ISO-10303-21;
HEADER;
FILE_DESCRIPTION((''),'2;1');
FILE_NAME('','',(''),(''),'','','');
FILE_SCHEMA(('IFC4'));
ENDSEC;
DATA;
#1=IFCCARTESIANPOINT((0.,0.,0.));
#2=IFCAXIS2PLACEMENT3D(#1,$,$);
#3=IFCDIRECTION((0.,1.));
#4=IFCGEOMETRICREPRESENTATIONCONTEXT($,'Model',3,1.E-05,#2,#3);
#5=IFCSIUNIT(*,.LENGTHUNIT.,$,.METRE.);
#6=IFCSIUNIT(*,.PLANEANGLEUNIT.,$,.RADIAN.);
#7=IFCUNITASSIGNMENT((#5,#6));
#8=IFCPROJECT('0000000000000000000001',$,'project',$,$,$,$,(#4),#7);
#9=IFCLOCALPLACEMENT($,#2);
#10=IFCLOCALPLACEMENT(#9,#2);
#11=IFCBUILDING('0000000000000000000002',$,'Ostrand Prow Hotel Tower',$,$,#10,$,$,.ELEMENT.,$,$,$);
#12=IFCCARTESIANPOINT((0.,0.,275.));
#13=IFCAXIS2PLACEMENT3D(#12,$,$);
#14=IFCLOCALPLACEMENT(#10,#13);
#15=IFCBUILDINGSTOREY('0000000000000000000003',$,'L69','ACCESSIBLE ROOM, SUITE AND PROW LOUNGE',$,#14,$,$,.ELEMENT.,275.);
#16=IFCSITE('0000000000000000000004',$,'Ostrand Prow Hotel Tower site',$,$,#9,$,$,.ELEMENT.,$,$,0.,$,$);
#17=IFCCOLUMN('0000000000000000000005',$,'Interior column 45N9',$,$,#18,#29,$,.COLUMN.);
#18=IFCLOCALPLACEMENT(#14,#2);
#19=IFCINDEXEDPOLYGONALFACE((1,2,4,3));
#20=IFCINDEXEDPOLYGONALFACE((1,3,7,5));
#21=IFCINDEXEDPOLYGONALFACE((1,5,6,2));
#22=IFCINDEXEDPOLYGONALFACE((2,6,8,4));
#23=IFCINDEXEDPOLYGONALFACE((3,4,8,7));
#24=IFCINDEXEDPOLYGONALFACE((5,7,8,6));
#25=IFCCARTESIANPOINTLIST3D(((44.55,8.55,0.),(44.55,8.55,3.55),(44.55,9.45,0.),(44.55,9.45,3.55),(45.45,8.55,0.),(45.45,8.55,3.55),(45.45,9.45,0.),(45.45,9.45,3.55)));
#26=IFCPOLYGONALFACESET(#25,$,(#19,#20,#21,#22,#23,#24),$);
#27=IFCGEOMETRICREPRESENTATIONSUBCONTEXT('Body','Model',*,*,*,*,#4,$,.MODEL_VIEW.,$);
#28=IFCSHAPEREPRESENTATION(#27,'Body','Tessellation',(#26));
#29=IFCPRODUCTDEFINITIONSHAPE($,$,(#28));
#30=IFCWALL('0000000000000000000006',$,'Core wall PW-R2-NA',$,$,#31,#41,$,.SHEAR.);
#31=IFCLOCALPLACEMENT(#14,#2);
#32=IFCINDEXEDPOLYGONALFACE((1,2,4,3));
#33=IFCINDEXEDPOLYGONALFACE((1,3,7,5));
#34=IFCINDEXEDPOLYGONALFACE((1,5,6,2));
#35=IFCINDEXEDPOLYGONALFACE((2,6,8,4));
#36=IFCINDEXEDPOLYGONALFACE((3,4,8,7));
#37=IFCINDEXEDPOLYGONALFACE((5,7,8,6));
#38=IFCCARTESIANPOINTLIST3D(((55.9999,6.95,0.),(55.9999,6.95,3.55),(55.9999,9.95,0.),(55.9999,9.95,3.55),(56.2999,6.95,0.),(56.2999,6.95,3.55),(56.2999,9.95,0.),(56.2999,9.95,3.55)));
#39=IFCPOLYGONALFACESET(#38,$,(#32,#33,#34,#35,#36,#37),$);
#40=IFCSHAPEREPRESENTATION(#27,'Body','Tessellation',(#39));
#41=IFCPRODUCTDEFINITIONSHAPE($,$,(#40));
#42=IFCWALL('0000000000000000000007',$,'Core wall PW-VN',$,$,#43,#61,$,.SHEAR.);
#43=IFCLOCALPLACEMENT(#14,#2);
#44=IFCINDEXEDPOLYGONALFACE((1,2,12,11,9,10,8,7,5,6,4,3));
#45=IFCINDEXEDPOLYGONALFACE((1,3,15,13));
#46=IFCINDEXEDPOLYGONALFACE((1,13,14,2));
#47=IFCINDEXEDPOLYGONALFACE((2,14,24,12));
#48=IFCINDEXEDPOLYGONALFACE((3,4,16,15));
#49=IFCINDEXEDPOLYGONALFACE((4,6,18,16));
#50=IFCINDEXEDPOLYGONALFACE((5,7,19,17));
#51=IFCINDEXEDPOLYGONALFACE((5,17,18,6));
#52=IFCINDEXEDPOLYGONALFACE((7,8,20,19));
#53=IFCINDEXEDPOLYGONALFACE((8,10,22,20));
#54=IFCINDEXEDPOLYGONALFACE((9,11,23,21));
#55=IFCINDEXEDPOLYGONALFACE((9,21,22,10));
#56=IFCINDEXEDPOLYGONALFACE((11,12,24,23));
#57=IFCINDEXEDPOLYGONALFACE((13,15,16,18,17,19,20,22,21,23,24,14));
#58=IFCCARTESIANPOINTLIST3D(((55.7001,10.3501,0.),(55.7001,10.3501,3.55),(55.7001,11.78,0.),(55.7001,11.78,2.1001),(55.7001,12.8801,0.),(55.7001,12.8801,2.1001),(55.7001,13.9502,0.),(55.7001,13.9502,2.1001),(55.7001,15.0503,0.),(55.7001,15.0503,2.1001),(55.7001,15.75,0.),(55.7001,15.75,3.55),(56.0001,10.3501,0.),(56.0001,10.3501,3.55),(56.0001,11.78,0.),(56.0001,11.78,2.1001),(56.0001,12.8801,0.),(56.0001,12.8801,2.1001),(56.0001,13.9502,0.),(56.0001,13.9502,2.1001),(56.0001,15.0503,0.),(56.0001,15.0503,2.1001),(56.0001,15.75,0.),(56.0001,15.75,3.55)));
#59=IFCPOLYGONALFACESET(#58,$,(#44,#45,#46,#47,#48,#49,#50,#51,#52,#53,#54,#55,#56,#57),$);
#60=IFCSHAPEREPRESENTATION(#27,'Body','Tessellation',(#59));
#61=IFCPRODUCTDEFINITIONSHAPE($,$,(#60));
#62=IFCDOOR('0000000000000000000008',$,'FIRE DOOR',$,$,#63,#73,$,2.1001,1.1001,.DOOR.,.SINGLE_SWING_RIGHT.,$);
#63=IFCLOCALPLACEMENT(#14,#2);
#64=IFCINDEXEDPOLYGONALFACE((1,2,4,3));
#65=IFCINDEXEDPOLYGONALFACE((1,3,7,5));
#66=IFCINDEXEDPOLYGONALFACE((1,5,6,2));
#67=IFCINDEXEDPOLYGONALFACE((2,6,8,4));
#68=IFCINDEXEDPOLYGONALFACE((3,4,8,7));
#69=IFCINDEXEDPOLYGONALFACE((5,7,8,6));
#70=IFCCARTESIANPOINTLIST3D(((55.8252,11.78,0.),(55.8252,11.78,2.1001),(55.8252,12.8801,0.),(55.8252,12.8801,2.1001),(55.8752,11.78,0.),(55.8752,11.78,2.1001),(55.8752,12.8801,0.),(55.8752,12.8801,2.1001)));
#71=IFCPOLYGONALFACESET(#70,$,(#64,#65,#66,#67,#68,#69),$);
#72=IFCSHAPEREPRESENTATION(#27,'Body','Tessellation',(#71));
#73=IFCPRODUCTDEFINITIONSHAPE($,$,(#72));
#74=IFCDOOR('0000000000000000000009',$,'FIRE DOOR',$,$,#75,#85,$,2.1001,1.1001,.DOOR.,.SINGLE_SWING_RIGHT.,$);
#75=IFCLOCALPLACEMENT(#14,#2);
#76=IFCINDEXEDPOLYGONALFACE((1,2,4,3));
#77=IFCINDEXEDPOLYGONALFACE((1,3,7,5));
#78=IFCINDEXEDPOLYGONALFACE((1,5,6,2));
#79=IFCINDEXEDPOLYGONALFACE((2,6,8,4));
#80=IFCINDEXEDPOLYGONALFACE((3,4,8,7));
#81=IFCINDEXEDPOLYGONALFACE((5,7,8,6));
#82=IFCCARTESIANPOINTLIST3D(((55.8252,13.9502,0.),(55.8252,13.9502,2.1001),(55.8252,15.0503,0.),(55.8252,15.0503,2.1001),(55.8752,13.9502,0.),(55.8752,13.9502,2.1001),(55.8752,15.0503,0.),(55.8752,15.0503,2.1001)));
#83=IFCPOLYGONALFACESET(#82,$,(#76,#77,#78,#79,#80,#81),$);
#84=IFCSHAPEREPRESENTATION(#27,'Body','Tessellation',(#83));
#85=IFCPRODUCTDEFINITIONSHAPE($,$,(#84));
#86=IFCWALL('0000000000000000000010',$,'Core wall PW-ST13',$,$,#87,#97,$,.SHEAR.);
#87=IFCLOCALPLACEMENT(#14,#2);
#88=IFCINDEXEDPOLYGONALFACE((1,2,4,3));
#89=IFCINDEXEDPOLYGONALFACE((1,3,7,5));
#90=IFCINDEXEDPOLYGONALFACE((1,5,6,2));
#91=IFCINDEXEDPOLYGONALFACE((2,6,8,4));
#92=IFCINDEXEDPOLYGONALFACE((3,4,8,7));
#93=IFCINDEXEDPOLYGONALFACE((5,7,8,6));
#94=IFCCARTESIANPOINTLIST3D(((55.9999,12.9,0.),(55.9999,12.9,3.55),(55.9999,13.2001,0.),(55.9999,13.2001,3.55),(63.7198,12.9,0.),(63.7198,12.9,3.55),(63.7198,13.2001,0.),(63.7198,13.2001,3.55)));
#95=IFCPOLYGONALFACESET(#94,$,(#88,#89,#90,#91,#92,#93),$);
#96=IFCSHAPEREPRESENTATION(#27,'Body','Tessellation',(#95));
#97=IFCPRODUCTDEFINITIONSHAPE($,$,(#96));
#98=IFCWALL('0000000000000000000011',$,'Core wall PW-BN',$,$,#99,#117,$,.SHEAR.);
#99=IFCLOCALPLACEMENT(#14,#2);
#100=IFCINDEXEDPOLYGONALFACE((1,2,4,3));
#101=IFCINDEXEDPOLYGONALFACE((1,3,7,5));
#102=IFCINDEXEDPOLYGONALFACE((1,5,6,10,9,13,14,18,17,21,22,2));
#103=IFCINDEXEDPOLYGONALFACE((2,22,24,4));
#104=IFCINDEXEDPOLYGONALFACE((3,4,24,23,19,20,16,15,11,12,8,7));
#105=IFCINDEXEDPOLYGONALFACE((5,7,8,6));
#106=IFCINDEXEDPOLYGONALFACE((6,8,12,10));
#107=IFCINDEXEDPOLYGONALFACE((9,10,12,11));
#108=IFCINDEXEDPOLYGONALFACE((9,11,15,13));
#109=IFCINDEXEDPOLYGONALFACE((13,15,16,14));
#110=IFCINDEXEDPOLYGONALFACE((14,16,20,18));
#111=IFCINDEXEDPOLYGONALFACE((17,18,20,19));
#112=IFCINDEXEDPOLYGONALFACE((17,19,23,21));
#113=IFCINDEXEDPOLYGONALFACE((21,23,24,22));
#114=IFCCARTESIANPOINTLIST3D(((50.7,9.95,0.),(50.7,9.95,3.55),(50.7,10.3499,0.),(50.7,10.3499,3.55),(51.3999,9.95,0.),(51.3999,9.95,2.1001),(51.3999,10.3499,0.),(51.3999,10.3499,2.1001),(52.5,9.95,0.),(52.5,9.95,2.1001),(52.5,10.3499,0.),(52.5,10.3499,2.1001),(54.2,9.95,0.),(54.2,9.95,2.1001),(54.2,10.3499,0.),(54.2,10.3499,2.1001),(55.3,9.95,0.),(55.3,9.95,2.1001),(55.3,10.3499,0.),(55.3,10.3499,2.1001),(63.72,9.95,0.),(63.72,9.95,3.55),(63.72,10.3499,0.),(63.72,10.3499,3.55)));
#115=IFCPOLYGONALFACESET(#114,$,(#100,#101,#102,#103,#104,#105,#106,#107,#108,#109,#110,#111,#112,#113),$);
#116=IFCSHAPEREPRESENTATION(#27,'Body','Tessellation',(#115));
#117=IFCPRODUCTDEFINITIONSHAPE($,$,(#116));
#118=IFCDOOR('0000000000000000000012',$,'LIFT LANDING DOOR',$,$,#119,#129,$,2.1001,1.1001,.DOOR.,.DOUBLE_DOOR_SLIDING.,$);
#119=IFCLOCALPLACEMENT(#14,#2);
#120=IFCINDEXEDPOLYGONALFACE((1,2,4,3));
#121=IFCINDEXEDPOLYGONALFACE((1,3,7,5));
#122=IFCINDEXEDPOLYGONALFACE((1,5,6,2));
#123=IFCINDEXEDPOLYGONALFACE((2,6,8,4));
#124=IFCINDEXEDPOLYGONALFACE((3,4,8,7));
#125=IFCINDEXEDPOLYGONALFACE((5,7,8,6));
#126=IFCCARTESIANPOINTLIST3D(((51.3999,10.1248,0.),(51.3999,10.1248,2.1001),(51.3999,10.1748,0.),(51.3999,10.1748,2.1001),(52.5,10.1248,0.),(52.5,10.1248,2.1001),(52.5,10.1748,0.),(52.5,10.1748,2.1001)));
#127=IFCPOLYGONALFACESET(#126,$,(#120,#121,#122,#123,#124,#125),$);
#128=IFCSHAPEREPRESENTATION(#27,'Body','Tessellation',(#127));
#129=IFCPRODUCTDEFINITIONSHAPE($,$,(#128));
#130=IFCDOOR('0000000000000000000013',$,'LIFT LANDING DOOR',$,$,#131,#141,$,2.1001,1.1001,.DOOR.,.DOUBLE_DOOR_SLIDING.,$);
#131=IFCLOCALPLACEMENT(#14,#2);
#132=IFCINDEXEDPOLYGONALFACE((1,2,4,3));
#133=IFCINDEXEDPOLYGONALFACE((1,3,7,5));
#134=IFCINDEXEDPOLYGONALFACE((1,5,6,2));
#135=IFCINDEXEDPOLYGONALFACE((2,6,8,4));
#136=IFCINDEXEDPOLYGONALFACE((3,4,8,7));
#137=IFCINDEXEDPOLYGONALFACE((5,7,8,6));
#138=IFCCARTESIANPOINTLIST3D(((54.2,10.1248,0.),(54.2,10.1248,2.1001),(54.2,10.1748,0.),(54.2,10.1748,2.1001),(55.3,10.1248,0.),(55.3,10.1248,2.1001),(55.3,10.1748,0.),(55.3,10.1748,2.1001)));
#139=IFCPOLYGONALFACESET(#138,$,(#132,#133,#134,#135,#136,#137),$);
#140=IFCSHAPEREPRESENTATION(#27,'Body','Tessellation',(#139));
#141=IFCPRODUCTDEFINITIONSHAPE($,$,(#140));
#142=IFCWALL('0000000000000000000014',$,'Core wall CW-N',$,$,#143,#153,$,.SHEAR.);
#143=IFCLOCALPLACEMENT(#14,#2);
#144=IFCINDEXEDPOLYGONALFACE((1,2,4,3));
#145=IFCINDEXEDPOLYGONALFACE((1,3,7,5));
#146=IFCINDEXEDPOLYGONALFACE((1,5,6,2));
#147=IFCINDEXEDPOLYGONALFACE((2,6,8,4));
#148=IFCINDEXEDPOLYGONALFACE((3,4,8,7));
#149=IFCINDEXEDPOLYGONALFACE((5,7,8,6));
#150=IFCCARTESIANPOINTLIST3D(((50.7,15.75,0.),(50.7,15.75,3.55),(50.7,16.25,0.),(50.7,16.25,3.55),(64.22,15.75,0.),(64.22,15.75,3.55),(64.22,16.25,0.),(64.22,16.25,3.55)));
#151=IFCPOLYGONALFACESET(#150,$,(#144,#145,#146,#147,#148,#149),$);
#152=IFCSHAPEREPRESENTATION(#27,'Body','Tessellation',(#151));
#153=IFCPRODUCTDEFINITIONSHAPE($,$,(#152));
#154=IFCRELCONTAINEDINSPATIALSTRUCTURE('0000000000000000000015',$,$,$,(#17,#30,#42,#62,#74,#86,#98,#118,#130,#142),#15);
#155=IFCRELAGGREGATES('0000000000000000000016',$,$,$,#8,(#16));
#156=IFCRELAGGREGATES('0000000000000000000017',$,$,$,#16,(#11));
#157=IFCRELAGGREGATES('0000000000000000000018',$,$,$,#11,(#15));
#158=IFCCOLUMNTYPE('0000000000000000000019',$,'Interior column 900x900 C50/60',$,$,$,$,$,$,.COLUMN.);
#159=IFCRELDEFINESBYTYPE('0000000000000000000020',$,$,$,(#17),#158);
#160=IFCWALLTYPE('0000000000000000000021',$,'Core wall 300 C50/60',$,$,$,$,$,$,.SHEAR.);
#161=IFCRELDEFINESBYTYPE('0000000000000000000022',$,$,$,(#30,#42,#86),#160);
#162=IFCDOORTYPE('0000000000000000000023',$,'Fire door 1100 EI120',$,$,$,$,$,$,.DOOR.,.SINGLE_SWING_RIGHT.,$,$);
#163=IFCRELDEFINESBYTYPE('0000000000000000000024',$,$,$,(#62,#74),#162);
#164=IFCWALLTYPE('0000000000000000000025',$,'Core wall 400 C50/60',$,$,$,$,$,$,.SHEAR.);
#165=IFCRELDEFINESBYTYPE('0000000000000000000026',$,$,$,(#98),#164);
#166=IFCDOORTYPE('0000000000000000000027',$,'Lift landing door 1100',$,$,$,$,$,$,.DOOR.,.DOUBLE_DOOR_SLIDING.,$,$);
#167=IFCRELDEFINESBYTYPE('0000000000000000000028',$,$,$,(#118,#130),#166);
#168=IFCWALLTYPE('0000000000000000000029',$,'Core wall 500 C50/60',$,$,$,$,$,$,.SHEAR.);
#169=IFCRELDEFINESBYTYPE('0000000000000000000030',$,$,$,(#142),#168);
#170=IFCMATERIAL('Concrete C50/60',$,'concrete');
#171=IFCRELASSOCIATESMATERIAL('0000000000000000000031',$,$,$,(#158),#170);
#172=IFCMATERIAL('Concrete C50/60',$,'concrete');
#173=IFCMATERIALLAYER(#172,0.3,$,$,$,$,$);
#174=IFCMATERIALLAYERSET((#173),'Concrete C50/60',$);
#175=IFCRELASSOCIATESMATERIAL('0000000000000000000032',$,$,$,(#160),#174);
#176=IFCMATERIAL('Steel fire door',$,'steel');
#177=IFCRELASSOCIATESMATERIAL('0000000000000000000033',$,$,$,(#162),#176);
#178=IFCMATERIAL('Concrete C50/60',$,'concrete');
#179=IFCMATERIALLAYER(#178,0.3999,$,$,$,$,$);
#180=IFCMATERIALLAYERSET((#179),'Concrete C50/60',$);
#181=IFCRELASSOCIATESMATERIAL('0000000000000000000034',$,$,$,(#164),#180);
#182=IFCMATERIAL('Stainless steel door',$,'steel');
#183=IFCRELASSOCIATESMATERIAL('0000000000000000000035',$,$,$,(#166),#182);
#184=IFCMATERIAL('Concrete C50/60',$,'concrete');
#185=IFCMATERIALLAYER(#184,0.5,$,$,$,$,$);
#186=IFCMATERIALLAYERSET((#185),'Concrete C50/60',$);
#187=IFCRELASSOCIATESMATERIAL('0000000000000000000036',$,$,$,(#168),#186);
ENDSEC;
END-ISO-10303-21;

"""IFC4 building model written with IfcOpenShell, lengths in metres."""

from ifc_helpers import new_model, si_unit, direction, frame, frame_2d, origin, origin_2d, place, context, subcontext, project, spatial, rectangle, extrude, material, layer, layer_set, material_profile, profile_set, type_object, element, fill, save


model = new_model("IFC4")

# Units and contexts
model_context = context("Model", 3, precision=1e-05, world=origin(), true_north=direction((0.0, 1.0)))
body_context = subcontext(model_context, "Body", "Model", "MODEL_VIEW")
ifc_project = project(units=[si_unit("LENGTHUNIT", "METRE"), si_unit("PLANEANGLEUNIT", "RADIAN")], contexts=[model_context])

# Site, building, storey
site_placement = place(None, origin())
site = spatial("IfcSite", under=ifc_project, at=site_placement, Name="Ostrand Prow Hotel Tower site", CompositionType="ELEMENT", RefElevation=0.0)
building_placement = place(site_placement, origin())
building = spatial("IfcBuilding", under=site, at=building_placement, Name="Ostrand Prow Hotel Tower", CompositionType="ELEMENT")
storey_placement = place(building_placement, frame((0.0, 0.0, 275.0)))
storey = spatial("IfcBuildingStorey", under=building, at=storey_placement, Name="L69", Description="ACCESSIBLE ROOM, SUITE AND PROW LOUNGE", CompositionType="ELEMENT", Elevation=275.0)

# Column
ifc_material_1 = material(Name="Concrete C50/60", Category="concrete")
ifc_material_profile = material_profile(ifc_material_1, rectangle(XDim=0.8999, YDim=0.8999, at=origin_2d()), Name="RC 900x900")
ifc_profile_set = profile_set([ifc_material_profile], Name="Concrete C50/60")
column_type = type_object("IfcColumnType", Name="Interior column 900x900 C50/60", PredefinedType="COLUMN", material=ifc_profile_set)
column_placement = place(storey_placement, frame((45.0, 9.0, 0.0), z_axis=(0.0, 0.0, 1.0), x_axis=(1.0, 0.0, 0.0)))
element("IfcColumn", 1, at=column_placement, inside=storey, type_object=column_type, Name="Interior column 45N9", PredefinedType="COLUMN", context=body_context, shape_type="SweptSolid", body=[
    extrude(rectangle(XDim=0.8999, YDim=0.8999, at=origin_2d()), origin(), (0.0, 0.0, 1.0), 3.55),
])

# Wall
ifc_material_2 = material(Name="Concrete C50/60", Category="concrete")
ifc_layer_1 = layer(ifc_material_2, 0.3)
ifc_layer_set_1 = layer_set([ifc_layer_1], Name="Concrete C50/60")
wall_type_1 = type_object("IfcWallType", Name="Core wall 300 C50/60", PredefinedType="SHEAR", material=ifc_layer_set_1)
wall_1_placement = place(storey_placement, frame((56.1499, 6.95, 0.0), z_axis=(0.0, 0.0, 1.0), x_axis=(0.0, 1.0, 0.0)))
element("IfcWall", 2, at=wall_1_placement, inside=storey, type_object=wall_type_1, Name="Core wall PW-R2-NA", PredefinedType="SHEAR", context=body_context, shape_type="SweptSolid", body=[
    extrude(rectangle(XDim=3.0, YDim=0.3, at=frame_2d((1.5, 0.0))), origin(), (0.0, 0.0, 1.0), 3.55),
])

# Wall, openings, doors
wall_2_placement = place(storey_placement, frame((55.8501, 10.3501, 0.0), z_axis=(0.0, 0.0, 1.0), x_axis=(0.0, 1.0, 0.0)))
wall_2 = element("IfcWall", 3, at=wall_2_placement, inside=storey, type_object=wall_type_1, Name="Core wall PW-VN", PredefinedType="SHEAR", context=body_context, shape_type="SweptSolid", body=[
    extrude(rectangle(XDim=5.3999, YDim=0.3, at=frame_2d((2.7, 0.0))), origin(), (0.0, 0.0, 1.0), 3.55),
])
opening_1_placement = place(wall_2_placement, frame((1.4299, 0.0, 0.0)))
opening_1 = element("IfcOpeningElement", 4, at=opening_1_placement, cuts=wall_2, PredefinedType="OPENING", context=body_context, shape_type="SweptSolid", body=[
    extrude(rectangle(XDim=1.1001, YDim=2.1001, at=frame_2d((0.55, 1.05))), frame((0.0, 0.1599, 0.0), z_axis=(0.0, -1.0, 0.0), x_axis=(1.0, 0.0, 0.0)), (0.0, 0.0, 1.0), 0.3201),
])
opening_2_placement = place(wall_2_placement, frame((3.6001, 0.0, 0.0)))
opening_2 = element("IfcOpeningElement", 5, at=opening_2_placement, cuts=wall_2, PredefinedType="OPENING", context=body_context, shape_type="SweptSolid", body=[
    extrude(rectangle(XDim=1.1001, YDim=2.1001, at=frame_2d((0.55, 1.05))), frame((0.0, 0.1599, 0.0), z_axis=(0.0, -1.0, 0.0), x_axis=(1.0, 0.0, 0.0)), (0.0, 0.0, 1.0), 0.3201),
])
ifc_material_3 = material(Name="Steel fire door", Category="steel")
door_type_1 = type_object("IfcDoorType", Name="Fire door 1100 EI120", OperationType="SINGLE_SWING_RIGHT", PredefinedType="DOOR", material=ifc_material_3)
door_1_placement = place(opening_1_placement, origin())
door_1 = element("IfcDoor", 6, at=door_1_placement, inside=storey, type_object=door_type_1, Name="FIRE DOOR", OperationType="SINGLE_SWING_RIGHT", OverallHeight=2.1001, OverallWidth=1.1001, PredefinedType="DOOR", context=body_context, shape_type="SweptSolid", body=[
    extrude(rectangle(XDim=1.1001, YDim=2.1001, at=frame_2d((0.55, 1.05))), frame((0.0, 0.0249, 0.0), z_axis=(0.0, -1.0, 0.0), x_axis=(1.0, 0.0, 0.0)), (0.0, 0.0, 1.0), 0.05),
])
fill(opening_1, door_1)
door_2_placement = place(opening_2_placement, origin())
door_2 = element("IfcDoor", 7, at=door_2_placement, inside=storey, type_object=door_type_1, Name="FIRE DOOR", OperationType="SINGLE_SWING_RIGHT", OverallHeight=2.1001, OverallWidth=1.1001, PredefinedType="DOOR", context=body_context, shape_type="SweptSolid", body=[
    extrude(rectangle(XDim=1.1001, YDim=2.1001, at=frame_2d((0.55, 1.05))), frame((0.0, 0.0249, 0.0), z_axis=(0.0, -1.0, 0.0), x_axis=(1.0, 0.0, 0.0)), (0.0, 0.0, 1.0), 0.05),
])
fill(opening_2, door_2)

# Wall
wall_3_placement = place(storey_placement, frame((56.0, 13.05, 0.0), z_axis=(0.0, 0.0, 1.0), x_axis=(1.0, 0.0, 0.0)))
element("IfcWall", 8, at=wall_3_placement, inside=storey, type_object=wall_type_1, Name="Core wall PW-ST13", PredefinedType="SHEAR", context=body_context, shape_type="SweptSolid", body=[
    extrude(rectangle(XDim=7.72, YDim=0.3, at=frame_2d((3.8599, 0.0))), origin(), (0.0, 0.0, 1.0), 3.55),
])

# Wall, openings, doors
ifc_material_4 = material(Name="Concrete C50/60", Category="concrete")
ifc_layer_2 = layer(ifc_material_4, 0.3999)
ifc_layer_set_2 = layer_set([ifc_layer_2], Name="Concrete C50/60")
wall_type_2 = type_object("IfcWallType", Name="Core wall 400 C50/60", PredefinedType="SHEAR", material=ifc_layer_set_2)
wall_4_placement = place(storey_placement, frame((50.7, 10.1499, 0.0), z_axis=(0.0, 0.0, 1.0), x_axis=(1.0, 0.0, 0.0)))
wall_4 = element("IfcWall", 9, at=wall_4_placement, inside=storey, type_object=wall_type_2, Name="Core wall PW-BN", PredefinedType="SHEAR", context=body_context, shape_type="SweptSolid", body=[
    extrude(rectangle(XDim=13.02, YDim=0.3999, at=frame_2d((6.51, 0.0))), origin(), (0.0, 0.0, 1.0), 3.55),
])
opening_3_placement = place(wall_4_placement, frame((0.7, 0.0, 0.0)))
opening_3 = element("IfcOpeningElement", 10, at=opening_3_placement, cuts=wall_4, PredefinedType="OPENING", context=body_context, shape_type="SweptSolid", body=[
    extrude(rectangle(XDim=1.1001, YDim=2.1001, at=frame_2d((0.55, 1.05))), frame((0.0, 0.21, 0.0), z_axis=(0.0, -1.0, 0.0), x_axis=(1.0, 0.0, 0.0)), (0.0, 0.0, 1.0), 0.4199),
])
opening_4_placement = place(wall_4_placement, frame((3.5, 0.0, 0.0)))
opening_4 = element("IfcOpeningElement", 11, at=opening_4_placement, cuts=wall_4, PredefinedType="OPENING", context=body_context, shape_type="SweptSolid", body=[
    extrude(rectangle(XDim=1.1001, YDim=2.1001, at=frame_2d((0.55, 1.05))), frame((0.0, 0.21, 0.0), z_axis=(0.0, -1.0, 0.0), x_axis=(1.0, 0.0, 0.0)), (0.0, 0.0, 1.0), 0.4199),
])
ifc_material_5 = material(Name="Stainless steel door", Category="steel")
door_type_2 = type_object("IfcDoorType", Name="Lift landing door 1100", OperationType="DOUBLE_DOOR_SLIDING", PredefinedType="DOOR", material=ifc_material_5)
door_3_placement = place(opening_3_placement, origin())
door_3 = element("IfcDoor", 12, at=door_3_placement, inside=storey, type_object=door_type_2, Name="LIFT LANDING DOOR", OperationType="DOUBLE_DOOR_SLIDING", OverallHeight=2.1001, OverallWidth=1.1001, PredefinedType="DOOR", context=body_context, shape_type="SweptSolid", body=[
    extrude(rectangle(XDim=1.1001, YDim=2.1001, at=frame_2d((0.55, 1.05))), frame((0.0, 0.0249, 0.0), z_axis=(0.0, -1.0, 0.0), x_axis=(1.0, 0.0, 0.0)), (0.0, 0.0, 1.0), 0.05),
])
fill(opening_3, door_3)
door_4_placement = place(opening_4_placement, origin())
door_4 = element("IfcDoor", 13, at=door_4_placement, inside=storey, type_object=door_type_2, Name="LIFT LANDING DOOR", OperationType="DOUBLE_DOOR_SLIDING", OverallHeight=2.1001, OverallWidth=1.1001, PredefinedType="DOOR", context=body_context, shape_type="SweptSolid", body=[
    extrude(rectangle(XDim=1.1001, YDim=2.1001, at=frame_2d((0.55, 1.05))), frame((0.0, 0.0249, 0.0), z_axis=(0.0, -1.0, 0.0), x_axis=(1.0, 0.0, 0.0)), (0.0, 0.0, 1.0), 0.05),
])
fill(opening_4, door_4)

# Wall
ifc_material_6 = material(Name="Concrete C50/60", Category="concrete")
ifc_layer_3 = layer(ifc_material_6, 0.5)
ifc_layer_set_3 = layer_set([ifc_layer_3], Name="Concrete C50/60")
wall_type_3 = type_object("IfcWallType", Name="Core wall 500 C50/60", PredefinedType="SHEAR", material=ifc_layer_set_3)
wall_5_placement = place(storey_placement, frame((50.7, 16.0, 0.0), z_axis=(0.0, 0.0, 1.0), x_axis=(1.0, 0.0, 0.0)))
element("IfcWall", 14, at=wall_5_placement, inside=storey, type_object=wall_type_3, Name="Core wall CW-N", PredefinedType="SHEAR", context=body_context, shape_type="SweptSolid", body=[
    extrude(rectangle(XDim=13.52, YDim=0.5, at=frame_2d((6.76, 0.0))), origin(), (0.0, 0.0, 1.0), 3.55),
])

save(model, "model.ifc")
